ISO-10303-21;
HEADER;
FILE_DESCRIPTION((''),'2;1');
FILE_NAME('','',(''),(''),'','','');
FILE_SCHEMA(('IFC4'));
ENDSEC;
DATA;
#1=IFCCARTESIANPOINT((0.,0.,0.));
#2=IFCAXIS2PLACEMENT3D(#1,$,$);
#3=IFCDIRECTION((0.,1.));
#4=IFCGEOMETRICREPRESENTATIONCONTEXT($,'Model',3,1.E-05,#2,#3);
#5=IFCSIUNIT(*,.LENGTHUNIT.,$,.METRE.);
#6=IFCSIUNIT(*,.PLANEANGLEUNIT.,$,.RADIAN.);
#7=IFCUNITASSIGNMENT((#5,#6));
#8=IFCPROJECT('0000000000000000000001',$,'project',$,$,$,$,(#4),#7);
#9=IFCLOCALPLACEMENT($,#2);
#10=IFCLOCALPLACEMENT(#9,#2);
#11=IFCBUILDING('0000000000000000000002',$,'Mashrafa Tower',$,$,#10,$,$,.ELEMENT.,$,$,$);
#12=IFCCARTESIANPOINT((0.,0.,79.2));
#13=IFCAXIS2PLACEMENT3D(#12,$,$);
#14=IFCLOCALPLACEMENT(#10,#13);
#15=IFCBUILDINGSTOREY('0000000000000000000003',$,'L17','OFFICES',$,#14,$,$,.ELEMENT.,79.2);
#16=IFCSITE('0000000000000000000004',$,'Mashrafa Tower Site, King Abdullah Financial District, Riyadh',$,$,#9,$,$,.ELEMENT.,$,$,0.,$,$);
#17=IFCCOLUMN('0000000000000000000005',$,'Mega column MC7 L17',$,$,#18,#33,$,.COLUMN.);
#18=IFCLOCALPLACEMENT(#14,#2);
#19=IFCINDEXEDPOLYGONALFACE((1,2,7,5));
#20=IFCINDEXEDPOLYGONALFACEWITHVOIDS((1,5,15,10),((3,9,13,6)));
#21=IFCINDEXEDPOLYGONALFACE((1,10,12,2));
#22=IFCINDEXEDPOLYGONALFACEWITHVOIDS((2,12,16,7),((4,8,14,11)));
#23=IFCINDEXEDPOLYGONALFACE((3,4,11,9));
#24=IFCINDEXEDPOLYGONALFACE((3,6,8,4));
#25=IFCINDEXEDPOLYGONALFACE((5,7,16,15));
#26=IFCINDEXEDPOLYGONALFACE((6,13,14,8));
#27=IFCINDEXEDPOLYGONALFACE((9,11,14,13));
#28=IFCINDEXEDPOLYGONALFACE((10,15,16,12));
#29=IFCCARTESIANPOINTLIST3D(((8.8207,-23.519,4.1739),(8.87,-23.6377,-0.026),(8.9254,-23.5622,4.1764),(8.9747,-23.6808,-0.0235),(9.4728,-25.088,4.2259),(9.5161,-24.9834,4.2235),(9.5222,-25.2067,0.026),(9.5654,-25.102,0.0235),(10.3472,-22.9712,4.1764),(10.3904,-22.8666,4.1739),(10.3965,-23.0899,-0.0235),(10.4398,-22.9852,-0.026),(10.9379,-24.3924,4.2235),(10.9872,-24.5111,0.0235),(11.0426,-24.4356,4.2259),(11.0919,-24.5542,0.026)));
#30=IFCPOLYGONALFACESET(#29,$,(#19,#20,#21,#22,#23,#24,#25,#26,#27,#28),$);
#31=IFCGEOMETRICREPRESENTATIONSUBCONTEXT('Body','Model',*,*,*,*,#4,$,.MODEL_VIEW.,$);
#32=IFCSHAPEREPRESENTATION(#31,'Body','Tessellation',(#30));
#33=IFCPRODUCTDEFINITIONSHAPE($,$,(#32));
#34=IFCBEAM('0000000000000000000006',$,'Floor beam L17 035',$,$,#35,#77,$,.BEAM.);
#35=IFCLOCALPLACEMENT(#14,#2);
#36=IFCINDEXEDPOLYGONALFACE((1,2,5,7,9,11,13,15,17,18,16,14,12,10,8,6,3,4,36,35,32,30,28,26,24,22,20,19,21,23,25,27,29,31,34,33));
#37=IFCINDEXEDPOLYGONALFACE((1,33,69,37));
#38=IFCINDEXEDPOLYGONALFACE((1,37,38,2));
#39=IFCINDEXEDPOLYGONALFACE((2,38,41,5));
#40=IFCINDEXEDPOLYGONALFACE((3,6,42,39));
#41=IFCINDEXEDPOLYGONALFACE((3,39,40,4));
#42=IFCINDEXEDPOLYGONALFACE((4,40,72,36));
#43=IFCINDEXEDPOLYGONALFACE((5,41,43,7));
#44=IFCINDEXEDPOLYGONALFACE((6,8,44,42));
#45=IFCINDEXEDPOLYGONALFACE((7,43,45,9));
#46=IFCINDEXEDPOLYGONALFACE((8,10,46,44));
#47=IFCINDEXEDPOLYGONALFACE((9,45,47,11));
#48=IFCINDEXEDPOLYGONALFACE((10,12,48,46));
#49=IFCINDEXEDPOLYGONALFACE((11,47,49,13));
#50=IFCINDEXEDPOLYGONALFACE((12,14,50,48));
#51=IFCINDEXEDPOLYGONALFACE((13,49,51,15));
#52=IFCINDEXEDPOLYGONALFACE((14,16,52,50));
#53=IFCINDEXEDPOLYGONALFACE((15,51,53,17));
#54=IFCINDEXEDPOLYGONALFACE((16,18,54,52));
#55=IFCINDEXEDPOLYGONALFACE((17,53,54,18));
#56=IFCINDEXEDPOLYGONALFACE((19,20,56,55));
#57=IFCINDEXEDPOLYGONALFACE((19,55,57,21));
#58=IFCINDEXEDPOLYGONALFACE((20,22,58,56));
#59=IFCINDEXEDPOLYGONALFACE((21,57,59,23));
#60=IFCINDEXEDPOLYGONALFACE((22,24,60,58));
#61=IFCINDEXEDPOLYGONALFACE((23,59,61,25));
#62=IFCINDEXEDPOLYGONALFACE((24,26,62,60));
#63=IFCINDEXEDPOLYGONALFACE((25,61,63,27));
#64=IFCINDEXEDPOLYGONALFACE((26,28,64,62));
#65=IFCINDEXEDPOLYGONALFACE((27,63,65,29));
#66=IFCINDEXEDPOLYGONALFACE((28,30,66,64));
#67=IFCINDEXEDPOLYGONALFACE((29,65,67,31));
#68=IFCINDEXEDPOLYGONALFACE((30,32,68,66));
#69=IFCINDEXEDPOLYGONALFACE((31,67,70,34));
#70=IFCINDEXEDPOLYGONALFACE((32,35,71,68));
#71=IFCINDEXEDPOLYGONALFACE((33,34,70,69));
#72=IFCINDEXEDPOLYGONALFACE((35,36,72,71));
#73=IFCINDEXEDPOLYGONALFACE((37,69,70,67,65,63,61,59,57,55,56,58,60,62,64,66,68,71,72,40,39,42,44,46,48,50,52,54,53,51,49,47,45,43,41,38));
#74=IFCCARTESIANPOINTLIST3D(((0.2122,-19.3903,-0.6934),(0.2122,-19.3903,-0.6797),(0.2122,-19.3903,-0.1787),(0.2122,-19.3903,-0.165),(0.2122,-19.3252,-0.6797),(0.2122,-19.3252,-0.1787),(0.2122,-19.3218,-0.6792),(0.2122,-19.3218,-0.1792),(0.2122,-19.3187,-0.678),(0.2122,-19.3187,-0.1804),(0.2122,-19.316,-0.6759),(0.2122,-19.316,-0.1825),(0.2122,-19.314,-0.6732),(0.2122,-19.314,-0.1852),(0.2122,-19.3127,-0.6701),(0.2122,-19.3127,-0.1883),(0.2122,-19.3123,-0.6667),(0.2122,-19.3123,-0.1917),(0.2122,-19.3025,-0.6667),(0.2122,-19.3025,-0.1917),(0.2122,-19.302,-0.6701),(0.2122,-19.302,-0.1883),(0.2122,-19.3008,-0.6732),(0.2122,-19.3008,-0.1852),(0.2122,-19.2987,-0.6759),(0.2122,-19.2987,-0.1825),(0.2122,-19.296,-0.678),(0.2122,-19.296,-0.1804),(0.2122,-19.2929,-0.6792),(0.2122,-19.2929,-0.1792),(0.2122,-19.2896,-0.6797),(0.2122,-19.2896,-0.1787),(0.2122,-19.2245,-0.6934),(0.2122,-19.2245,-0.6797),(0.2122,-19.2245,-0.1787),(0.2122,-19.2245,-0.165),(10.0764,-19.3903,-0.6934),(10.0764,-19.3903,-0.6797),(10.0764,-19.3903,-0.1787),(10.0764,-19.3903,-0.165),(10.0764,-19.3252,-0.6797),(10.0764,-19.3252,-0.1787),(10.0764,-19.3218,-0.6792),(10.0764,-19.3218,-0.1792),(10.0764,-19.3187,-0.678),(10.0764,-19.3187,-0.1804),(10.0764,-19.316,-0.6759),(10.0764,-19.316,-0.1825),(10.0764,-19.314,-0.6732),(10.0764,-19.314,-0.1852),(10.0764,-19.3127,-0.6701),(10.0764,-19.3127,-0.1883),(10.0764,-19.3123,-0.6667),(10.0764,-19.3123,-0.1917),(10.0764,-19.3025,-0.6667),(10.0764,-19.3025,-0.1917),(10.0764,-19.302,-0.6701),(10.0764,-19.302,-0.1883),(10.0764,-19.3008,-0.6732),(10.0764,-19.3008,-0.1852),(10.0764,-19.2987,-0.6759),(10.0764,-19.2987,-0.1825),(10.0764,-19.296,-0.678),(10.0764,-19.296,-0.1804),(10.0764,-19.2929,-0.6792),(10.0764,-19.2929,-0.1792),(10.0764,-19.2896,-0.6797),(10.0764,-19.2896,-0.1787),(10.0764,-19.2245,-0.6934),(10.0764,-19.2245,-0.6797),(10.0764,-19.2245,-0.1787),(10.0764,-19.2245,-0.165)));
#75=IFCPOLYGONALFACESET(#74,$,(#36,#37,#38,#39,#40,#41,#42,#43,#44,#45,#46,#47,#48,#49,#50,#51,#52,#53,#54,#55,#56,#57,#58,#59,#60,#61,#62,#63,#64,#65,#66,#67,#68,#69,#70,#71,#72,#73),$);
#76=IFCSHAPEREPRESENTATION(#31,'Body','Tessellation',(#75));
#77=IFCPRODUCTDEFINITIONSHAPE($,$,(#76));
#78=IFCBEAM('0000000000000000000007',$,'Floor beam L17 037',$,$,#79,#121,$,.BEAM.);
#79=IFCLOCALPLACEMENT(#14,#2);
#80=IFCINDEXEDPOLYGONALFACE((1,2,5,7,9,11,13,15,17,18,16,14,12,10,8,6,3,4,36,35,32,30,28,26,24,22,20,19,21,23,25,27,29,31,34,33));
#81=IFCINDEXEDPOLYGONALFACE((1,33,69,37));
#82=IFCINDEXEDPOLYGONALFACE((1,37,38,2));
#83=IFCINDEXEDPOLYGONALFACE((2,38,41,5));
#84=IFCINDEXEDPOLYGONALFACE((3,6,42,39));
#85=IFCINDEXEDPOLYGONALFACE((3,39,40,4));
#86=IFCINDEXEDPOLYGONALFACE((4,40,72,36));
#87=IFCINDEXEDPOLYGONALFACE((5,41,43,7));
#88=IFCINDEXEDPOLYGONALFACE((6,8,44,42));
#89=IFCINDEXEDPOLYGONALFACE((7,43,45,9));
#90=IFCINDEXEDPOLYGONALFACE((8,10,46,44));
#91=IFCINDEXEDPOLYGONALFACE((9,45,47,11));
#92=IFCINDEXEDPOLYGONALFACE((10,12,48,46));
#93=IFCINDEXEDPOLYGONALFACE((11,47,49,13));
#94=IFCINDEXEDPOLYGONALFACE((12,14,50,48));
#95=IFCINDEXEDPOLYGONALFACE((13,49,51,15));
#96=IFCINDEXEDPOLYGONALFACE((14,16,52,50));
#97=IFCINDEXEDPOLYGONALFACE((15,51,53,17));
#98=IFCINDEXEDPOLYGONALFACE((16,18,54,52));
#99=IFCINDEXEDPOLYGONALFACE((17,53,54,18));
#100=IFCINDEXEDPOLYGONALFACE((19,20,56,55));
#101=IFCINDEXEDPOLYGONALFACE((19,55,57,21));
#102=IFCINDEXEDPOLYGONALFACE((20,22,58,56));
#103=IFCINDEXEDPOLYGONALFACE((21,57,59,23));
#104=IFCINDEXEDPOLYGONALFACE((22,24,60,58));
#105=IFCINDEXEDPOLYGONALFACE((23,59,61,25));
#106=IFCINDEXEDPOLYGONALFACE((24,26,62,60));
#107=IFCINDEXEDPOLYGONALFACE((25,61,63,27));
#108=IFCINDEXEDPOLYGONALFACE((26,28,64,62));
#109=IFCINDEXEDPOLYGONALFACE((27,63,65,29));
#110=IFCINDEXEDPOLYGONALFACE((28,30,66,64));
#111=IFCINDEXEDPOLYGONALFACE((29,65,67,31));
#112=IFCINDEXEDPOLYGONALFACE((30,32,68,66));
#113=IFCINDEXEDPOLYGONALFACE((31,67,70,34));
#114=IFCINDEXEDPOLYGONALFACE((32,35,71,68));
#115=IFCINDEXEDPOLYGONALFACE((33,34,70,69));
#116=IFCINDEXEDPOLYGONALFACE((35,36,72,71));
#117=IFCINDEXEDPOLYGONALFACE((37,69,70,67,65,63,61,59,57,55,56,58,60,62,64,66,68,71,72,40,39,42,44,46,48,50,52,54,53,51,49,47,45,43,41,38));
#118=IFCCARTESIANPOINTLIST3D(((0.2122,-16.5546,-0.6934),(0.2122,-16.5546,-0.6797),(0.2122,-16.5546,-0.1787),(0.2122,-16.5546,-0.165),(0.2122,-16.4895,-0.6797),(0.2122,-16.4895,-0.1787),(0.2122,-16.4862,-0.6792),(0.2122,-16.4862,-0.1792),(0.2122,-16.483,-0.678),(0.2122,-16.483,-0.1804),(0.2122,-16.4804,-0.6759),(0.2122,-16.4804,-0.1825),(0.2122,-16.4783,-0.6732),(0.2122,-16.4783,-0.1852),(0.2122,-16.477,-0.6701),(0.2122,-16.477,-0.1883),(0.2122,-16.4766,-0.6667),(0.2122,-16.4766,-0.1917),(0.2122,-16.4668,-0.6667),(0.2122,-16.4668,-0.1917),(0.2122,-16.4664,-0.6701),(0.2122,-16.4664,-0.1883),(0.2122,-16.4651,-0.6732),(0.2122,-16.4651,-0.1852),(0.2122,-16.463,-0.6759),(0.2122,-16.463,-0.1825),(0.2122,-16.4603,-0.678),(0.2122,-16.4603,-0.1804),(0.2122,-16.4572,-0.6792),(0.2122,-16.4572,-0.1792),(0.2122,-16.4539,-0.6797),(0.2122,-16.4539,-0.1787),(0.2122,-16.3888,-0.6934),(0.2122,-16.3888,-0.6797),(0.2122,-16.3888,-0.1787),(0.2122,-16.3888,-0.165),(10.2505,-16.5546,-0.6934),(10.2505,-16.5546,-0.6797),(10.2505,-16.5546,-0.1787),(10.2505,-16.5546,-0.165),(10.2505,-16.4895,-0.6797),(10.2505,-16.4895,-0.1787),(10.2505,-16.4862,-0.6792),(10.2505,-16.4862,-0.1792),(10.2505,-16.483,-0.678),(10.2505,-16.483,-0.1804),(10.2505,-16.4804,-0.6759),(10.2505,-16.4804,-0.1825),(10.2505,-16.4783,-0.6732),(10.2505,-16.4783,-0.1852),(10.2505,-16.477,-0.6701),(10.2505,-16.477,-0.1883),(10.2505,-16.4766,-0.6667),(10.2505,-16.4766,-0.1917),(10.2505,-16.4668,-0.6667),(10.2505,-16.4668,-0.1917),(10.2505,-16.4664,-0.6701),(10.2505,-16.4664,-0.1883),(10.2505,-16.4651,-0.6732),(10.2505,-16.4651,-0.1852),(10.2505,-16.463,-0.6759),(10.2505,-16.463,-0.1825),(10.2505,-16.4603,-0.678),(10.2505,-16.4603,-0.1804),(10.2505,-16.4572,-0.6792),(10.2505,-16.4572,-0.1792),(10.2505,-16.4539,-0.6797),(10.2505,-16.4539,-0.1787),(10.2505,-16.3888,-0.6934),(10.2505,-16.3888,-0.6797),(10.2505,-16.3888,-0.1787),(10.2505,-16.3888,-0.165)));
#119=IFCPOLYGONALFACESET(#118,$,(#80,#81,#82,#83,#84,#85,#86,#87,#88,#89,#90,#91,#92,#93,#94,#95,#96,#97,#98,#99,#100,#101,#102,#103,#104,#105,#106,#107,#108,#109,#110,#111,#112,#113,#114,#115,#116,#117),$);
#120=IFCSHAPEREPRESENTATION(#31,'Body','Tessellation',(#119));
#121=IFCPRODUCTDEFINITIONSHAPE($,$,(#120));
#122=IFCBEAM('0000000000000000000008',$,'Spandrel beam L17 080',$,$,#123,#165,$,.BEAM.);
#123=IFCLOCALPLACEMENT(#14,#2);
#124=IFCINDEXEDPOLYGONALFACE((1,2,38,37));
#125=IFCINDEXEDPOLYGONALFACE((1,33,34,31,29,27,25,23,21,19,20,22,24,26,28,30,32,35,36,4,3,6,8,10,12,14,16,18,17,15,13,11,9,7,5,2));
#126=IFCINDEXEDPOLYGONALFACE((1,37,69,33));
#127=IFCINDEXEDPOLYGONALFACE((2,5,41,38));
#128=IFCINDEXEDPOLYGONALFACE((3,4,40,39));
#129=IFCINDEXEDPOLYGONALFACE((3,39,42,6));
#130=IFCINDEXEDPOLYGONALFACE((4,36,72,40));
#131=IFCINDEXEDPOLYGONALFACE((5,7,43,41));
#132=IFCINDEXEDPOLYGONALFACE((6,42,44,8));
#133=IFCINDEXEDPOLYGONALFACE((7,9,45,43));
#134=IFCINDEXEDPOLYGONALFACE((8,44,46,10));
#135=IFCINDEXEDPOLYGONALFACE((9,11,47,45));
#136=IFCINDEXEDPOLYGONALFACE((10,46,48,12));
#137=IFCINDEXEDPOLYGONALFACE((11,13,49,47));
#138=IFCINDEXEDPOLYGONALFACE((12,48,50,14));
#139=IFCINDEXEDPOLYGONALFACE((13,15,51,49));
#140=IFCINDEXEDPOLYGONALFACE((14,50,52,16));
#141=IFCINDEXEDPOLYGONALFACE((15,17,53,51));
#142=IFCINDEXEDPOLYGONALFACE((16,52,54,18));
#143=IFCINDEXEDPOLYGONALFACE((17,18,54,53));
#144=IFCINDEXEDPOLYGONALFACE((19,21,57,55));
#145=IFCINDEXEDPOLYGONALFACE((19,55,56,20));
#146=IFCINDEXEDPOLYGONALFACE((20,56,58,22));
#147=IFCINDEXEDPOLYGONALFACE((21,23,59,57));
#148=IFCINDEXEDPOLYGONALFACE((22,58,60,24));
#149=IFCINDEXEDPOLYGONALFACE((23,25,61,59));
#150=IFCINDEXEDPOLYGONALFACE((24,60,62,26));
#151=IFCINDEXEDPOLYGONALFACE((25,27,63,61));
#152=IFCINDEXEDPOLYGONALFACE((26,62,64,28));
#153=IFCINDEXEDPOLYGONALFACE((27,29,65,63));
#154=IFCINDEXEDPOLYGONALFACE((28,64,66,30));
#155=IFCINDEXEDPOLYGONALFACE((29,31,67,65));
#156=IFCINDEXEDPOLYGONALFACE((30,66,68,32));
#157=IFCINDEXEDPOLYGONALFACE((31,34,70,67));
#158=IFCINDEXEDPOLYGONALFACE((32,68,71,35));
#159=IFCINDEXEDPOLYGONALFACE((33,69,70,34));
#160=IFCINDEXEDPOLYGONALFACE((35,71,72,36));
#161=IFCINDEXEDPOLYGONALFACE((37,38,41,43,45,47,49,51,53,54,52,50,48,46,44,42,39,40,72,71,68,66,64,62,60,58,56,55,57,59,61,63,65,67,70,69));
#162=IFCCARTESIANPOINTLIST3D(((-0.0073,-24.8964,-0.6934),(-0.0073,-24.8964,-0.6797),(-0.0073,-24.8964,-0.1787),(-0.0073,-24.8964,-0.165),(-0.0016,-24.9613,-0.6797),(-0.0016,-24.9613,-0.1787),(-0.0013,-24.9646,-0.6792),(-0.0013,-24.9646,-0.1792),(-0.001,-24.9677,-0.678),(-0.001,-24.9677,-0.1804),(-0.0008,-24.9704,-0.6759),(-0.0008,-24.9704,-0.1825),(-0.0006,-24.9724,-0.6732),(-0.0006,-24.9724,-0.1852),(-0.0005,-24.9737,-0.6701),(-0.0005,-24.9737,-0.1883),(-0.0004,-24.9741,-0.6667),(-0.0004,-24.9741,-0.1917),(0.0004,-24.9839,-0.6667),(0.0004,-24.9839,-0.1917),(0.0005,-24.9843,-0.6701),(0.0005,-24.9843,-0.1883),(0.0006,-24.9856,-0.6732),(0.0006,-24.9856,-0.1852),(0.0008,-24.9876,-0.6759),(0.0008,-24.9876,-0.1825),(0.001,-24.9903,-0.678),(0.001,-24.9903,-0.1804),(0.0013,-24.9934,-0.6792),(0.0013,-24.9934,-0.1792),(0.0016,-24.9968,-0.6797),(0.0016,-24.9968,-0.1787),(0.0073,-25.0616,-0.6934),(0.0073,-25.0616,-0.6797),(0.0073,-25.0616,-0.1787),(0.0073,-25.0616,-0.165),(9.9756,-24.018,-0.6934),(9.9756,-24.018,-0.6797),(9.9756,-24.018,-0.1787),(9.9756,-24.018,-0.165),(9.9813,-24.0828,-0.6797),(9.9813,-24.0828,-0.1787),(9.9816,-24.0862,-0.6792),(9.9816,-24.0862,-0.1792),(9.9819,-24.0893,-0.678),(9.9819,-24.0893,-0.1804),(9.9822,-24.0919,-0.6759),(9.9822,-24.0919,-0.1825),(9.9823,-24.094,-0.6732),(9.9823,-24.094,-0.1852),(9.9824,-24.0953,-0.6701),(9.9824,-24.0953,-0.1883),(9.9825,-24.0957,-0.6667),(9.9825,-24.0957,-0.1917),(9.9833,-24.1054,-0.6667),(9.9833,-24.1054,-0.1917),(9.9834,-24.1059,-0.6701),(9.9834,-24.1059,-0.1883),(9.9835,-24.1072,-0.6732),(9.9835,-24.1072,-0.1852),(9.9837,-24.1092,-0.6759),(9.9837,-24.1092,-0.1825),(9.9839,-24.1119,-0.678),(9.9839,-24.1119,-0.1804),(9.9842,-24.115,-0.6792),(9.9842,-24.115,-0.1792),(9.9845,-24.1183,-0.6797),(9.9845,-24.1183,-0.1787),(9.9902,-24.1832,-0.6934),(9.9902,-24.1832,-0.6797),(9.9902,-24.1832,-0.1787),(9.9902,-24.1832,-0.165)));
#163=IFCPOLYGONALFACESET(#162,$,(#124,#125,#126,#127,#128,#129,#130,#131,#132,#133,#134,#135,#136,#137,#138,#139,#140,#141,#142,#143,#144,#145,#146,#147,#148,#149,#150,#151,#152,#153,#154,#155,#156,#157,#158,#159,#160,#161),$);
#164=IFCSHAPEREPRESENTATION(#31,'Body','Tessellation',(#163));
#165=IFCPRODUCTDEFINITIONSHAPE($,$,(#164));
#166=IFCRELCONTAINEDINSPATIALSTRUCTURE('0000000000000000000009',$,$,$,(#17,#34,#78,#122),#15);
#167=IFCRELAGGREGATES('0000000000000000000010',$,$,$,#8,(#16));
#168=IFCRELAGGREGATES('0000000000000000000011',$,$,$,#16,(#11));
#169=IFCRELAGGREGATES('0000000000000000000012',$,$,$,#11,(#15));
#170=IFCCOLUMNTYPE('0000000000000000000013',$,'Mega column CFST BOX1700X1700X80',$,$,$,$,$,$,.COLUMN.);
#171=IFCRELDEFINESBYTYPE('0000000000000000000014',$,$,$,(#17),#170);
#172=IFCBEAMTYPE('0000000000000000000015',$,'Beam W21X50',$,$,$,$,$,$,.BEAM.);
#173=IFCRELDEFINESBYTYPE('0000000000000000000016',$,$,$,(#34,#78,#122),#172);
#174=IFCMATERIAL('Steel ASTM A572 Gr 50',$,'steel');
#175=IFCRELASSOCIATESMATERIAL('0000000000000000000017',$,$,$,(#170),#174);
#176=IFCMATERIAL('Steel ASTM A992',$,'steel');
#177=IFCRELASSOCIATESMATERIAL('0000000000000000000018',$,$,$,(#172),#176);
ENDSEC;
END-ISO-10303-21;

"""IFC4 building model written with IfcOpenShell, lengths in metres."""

from ifc_helpers import new_model, si_unit, direction, frame, origin, origin_2d, place, context, subcontext, project, spatial, hollow_rectangle, i_section, extrude, material, material_profile, profile_set, type_object, element, save


model = new_model("IFC4")

# Units and contexts
model_context = context("Model", 3, precision=1e-05, world=origin(), true_north=direction((0.0, 1.0)))
body_context = subcontext(model_context, "Body", "Model", "MODEL_VIEW")
ifc_project = project(units=[si_unit("LENGTHUNIT", "METRE"), si_unit("PLANEANGLEUNIT", "RADIAN")], contexts=[model_context])

# Site, building, storey
site_placement = place(None, origin())
site = spatial("IfcSite", under=ifc_project, at=site_placement, Name="Mashrafa Tower Site, King Abdullah Financial District, Riyadh", CompositionType="ELEMENT", RefElevation=0.0)
building_placement = place(site_placement, origin())
building = spatial("IfcBuilding", under=site, at=building_placement, Name="Mashrafa Tower", CompositionType="ELEMENT")
storey_placement = place(building_placement, frame((0.0, 0.0, 79.2)))
storey = spatial("IfcBuildingStorey", under=building, at=storey_placement, Name="L17", Description="OFFICES", CompositionType="ELEMENT", Elevation=79.2)

# Column
ifc_material_1 = material(Name="Steel ASTM A572 Gr 50", Category="steel")
ifc_material_profile_1 = material_profile(ifc_material_1, hollow_rectangle(XDim=1.7, YDim=1.7, WallThickness=0.0801, at=origin_2d()), Name="BOX1700X1700X80")
ifc_profile_set_1 = profile_set([ifc_material_profile_1], Name="Steel ASTM A572 Gr 50")
column_type = type_object("IfcColumnType", Name="Mega column CFST BOX1700X1700X80", PredefinedType="COLUMN", material=ifc_profile_set_1)
column_placement = place(storey_placement, frame((9.981, -24.0959, 0.0), z_axis=(-0.011737, 0.028238, 0.999532), x_axis=(-0.923414, -0.383806, 0.0)))
element("IfcColumn", 1, at=column_placement, inside=storey, type_object=column_type, Name="Mega column MC7 L17", PredefinedType="COLUMN", context=body_context, shape_type="SweptSolid", body=[
    extrude(hollow_rectangle(XDim=1.7, YDim=1.7, WallThickness=0.0801, at=origin_2d()), origin(), (0.0, 0.0, 1.0), 4.2019),
])

# Beams
ifc_material_2 = material(Name="Steel ASTM A992", Category="steel")
ifc_material_profile_2 = material_profile(ifc_material_2, i_section(OverallWidth=0.1658, OverallDepth=0.5283, WebThickness=0.0098, FlangeThickness=0.0137, FilletRadius=0.0129, at=origin_2d()), Name="W21X50")
ifc_profile_set_2 = profile_set([ifc_material_profile_2], Name="Steel ASTM A992")
beam_type_1 = type_object("IfcBeamType", Name="Beam W21X50", PredefinedType="BEAM", material=ifc_profile_set_2)
beam_1_placement = place(storey_placement, frame((10.0764, -19.3074, -0.4292), z_axis=(-1.0, 0.0, 0.0), x_axis=(0.0, -1.0, 0.0)))
element("IfcBeam", 2, at=beam_1_placement, inside=storey, type_object=beam_type_1, Name="Floor beam L17 035", PredefinedType="BEAM", context=body_context, shape_type="SweptSolid", body=[
    extrude(i_section(OverallWidth=0.1658, OverallDepth=0.5283, WebThickness=0.0098, FlangeThickness=0.0137, FilletRadius=0.0129, at=origin_2d()), origin(), (0.0, 0.0, 1.0), 9.8643),
])
beam_2_placement = place(storey_placement, frame((10.2505, -16.4717, -0.4292), z_axis=(-1.0, 0.0, 0.0), x_axis=(0.0, -1.0, 0.0)))
element("IfcBeam", 3, at=beam_2_placement, inside=storey, type_object=beam_type_1, Name="Floor beam L17 037", PredefinedType="BEAM", context=body_context, shape_type="SweptSolid", body=[
    extrude(i_section(OverallWidth=0.1658, OverallDepth=0.5283, WebThickness=0.0098, FlangeThickness=0.0137, FilletRadius=0.0129, at=origin_2d()), origin(), (0.0, 0.0, 1.0), 10.0383),
])
beam_3_placement = place(storey_placement, frame((0.0, -24.979, -0.4292), z_axis=(0.996151, 0.087653, 0.0), x_axis=(-0.087653, 0.996151, 0.0)))
element("IfcBeam", 4, at=beam_3_placement, inside=storey, type_object=beam_type_1, Name="Spandrel beam L17 080", PredefinedType="BEAM", context=body_context, shape_type="SweptSolid", body=[
    extrude(i_section(OverallWidth=0.1658, OverallDepth=0.5283, WebThickness=0.0098, FlangeThickness=0.0137, FilletRadius=0.0129, at=origin_2d()), origin(), (0.0, 0.0, 1.0), 10.0215),
])

save(model, "model.ifc")
